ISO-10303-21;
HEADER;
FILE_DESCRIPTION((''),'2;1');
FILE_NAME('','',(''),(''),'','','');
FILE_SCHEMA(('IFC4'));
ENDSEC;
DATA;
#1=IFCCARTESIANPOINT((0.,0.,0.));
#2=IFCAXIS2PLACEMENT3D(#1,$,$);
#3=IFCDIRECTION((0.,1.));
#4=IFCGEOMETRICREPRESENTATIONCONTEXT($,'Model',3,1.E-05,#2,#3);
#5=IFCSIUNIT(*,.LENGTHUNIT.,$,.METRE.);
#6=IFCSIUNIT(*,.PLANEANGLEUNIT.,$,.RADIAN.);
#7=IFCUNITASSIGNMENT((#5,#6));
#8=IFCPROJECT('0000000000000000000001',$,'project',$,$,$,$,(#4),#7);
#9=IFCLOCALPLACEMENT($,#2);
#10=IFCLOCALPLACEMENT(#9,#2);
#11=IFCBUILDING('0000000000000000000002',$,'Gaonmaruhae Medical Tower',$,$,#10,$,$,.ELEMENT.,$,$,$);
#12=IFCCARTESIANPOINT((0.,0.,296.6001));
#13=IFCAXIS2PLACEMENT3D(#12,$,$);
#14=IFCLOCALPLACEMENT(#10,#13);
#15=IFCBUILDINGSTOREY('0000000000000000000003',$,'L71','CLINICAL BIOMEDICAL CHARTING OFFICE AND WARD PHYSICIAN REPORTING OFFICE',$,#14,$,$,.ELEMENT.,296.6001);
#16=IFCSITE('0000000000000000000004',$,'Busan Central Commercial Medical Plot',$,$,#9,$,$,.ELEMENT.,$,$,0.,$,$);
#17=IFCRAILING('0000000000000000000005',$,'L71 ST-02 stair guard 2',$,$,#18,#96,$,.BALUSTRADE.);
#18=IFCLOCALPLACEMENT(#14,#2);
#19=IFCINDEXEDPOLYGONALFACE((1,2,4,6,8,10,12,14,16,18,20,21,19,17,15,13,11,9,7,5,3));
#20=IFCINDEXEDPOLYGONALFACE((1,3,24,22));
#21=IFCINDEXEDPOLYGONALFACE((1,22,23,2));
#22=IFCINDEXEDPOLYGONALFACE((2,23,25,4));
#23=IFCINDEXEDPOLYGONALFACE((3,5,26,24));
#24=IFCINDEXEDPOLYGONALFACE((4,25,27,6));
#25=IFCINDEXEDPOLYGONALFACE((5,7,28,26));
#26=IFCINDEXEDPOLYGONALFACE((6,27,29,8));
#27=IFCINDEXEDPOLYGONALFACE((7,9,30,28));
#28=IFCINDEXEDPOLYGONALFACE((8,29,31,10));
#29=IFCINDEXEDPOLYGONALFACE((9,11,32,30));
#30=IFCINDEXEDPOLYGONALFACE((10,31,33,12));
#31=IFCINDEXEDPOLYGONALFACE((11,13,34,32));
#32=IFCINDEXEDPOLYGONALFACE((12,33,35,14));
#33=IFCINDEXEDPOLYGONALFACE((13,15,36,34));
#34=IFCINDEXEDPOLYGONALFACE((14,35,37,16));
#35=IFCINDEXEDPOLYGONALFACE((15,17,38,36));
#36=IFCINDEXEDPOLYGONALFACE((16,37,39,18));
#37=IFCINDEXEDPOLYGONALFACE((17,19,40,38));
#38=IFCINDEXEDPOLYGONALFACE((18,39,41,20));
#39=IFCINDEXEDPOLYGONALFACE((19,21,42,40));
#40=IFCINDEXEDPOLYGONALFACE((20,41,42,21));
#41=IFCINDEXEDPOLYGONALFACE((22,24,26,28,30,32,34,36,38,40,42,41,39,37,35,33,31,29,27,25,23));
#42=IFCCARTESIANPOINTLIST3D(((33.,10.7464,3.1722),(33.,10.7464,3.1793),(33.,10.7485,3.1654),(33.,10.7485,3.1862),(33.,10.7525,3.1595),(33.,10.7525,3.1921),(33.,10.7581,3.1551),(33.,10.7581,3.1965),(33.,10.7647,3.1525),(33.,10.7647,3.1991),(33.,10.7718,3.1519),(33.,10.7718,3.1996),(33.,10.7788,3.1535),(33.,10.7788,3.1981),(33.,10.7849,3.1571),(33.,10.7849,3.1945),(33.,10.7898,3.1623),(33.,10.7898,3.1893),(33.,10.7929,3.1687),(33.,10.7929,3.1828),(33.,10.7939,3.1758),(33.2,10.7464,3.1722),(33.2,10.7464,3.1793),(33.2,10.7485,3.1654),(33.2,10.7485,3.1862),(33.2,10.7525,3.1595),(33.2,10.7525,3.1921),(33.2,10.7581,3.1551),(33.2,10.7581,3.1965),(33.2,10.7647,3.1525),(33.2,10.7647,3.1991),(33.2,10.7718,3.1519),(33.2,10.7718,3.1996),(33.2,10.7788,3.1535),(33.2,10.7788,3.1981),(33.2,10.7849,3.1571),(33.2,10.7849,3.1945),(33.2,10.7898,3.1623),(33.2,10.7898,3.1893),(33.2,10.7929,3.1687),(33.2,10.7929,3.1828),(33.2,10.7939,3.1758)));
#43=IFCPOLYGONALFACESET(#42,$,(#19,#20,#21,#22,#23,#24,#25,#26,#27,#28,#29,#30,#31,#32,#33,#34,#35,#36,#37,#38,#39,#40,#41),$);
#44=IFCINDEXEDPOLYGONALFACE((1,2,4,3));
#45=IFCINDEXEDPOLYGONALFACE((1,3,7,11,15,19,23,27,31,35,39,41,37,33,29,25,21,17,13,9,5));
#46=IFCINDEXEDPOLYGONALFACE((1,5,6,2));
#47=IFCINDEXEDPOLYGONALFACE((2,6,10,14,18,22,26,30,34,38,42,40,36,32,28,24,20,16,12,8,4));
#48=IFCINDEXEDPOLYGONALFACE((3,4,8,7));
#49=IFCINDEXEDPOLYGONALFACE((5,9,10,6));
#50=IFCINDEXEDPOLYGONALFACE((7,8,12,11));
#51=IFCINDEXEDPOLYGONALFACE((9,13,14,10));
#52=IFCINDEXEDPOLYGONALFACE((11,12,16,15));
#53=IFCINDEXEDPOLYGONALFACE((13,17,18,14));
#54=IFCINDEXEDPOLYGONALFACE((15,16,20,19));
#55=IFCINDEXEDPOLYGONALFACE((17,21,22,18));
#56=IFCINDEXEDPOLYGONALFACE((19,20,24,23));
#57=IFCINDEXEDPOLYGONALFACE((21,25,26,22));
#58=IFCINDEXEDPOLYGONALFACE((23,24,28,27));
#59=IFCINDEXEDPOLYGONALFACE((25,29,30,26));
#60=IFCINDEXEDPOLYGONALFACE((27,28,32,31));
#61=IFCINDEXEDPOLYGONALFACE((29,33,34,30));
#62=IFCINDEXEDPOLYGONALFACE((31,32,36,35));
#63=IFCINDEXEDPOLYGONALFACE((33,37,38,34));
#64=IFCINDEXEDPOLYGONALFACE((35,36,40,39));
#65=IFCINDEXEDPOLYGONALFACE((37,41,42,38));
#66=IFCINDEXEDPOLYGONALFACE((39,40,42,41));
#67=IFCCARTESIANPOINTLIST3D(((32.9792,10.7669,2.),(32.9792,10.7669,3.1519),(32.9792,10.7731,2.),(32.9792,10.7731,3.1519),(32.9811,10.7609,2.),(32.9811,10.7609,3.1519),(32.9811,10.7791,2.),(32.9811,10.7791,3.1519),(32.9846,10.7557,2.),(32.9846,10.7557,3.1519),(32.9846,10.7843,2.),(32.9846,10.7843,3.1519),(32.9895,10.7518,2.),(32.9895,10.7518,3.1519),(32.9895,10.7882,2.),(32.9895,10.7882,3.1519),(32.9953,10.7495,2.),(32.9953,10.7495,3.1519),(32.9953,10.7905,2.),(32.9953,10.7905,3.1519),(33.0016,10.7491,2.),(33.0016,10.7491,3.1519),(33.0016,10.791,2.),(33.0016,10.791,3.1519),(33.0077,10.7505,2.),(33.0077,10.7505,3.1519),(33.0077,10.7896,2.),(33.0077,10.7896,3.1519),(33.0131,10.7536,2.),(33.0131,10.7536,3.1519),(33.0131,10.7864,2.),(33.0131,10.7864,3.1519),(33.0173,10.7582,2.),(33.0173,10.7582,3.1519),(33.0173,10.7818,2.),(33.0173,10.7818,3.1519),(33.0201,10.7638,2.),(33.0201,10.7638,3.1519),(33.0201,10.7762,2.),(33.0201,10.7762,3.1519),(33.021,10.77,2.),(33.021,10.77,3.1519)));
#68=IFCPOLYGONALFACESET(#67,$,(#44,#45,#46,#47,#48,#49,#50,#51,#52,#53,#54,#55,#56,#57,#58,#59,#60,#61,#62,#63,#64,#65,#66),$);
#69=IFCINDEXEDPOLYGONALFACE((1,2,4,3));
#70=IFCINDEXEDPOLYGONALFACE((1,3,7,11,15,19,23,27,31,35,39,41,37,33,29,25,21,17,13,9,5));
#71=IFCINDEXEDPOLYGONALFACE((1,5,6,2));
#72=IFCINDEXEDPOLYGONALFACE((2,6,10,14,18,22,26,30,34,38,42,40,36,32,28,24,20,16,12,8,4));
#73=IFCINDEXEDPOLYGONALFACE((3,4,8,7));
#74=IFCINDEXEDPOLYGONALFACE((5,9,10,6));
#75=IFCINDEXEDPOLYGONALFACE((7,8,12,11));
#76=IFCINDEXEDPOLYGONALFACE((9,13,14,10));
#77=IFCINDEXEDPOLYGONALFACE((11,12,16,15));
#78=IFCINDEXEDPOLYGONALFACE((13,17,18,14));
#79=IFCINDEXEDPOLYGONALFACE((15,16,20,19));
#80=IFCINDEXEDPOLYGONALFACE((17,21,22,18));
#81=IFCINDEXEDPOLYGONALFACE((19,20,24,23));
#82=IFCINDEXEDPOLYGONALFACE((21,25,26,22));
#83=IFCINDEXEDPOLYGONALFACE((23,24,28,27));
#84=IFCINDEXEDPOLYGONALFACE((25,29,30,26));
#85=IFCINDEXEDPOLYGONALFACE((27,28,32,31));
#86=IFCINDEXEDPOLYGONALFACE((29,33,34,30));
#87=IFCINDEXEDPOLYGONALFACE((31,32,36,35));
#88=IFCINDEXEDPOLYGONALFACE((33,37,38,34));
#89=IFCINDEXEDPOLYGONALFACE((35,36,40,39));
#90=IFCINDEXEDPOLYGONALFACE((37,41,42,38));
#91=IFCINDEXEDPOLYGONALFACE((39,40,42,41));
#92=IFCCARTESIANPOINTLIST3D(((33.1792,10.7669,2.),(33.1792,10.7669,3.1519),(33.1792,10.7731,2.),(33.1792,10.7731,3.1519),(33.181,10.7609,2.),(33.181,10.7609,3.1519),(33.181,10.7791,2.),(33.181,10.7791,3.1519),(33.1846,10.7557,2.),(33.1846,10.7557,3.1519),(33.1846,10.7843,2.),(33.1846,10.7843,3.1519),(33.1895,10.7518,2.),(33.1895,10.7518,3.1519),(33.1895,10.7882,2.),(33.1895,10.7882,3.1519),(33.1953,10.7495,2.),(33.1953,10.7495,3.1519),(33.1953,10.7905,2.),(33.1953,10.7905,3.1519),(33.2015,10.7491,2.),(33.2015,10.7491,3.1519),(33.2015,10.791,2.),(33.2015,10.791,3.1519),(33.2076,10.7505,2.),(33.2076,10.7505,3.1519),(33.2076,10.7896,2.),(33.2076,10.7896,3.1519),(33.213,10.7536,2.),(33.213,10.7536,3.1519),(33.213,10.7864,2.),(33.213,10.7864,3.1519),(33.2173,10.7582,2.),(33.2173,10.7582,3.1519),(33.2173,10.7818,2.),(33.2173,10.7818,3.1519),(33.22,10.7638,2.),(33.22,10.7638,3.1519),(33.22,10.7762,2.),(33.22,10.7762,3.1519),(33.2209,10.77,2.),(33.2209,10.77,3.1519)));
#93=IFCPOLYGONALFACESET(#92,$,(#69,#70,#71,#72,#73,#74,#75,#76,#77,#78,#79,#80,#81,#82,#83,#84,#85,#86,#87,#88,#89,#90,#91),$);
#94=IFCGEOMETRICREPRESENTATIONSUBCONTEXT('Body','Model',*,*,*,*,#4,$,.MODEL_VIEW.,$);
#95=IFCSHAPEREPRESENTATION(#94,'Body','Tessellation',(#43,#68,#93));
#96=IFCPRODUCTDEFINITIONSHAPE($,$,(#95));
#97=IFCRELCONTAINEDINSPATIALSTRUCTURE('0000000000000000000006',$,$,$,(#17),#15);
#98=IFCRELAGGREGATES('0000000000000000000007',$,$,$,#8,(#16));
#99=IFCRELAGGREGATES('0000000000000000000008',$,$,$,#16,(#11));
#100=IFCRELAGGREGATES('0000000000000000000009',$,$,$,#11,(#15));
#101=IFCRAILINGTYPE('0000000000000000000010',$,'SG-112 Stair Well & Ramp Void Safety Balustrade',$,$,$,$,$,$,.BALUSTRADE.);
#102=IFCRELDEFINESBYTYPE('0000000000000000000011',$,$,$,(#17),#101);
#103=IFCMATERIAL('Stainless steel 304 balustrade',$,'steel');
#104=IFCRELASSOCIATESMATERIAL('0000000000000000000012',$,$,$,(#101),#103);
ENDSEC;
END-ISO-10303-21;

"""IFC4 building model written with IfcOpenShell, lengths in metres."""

from ifc_helpers import new_model, si_unit, direction, frame, origin, origin_2d, place, context, subcontext, project, spatial, circle, extrude, material, type_object, element, save


model = new_model("IFC4")

# Units and contexts
model_context = context("Model", 3, precision=1e-05, world=origin(), true_north=direction((0.0, 1.0)))
body_context = subcontext(model_context, "Body", "Model", "MODEL_VIEW")
ifc_project = project(units=[si_unit("LENGTHUNIT", "METRE"), si_unit("PLANEANGLEUNIT", "RADIAN")], contexts=[model_context])

# Site, building, storey
site_placement = place(None, origin())
site = spatial("IfcSite", under=ifc_project, at=site_placement, Name="Busan Central Commercial Medical Plot", CompositionType="ELEMENT", RefElevation=0.0)
building_placement = place(site_placement, origin())
building = spatial("IfcBuilding", under=site, at=building_placement, Name="Gaonmaruhae Medical Tower", CompositionType="ELEMENT")
storey_placement = place(building_placement, frame((0.0, 0.0, 296.6001)))
storey = spatial("IfcBuildingStorey", under=building, at=storey_placement, Name="L71", Description="CLINICAL BIOMEDICAL CHARTING OFFICE AND WARD PHYSICIAN REPORTING OFFICE", CompositionType="ELEMENT", Elevation=296.6001)

# Railing
ifc_material_1 = material(Name="Stainless steel 304 balustrade", Category="steel")
railing_type_1 = type_object("IfcRailingType", Name="SG-112 Stair Well & Ramp Void Safety Balustrade", PredefinedType="BALUSTRADE", material=ifc_material_1)
railing_1_placement = place(storey_placement, frame((33.0, 10.77, 2.0)))
element("IfcRailing", 1, at=railing_1_placement, inside=storey, type_object=railing_type_1, Name="L71 ST-02 stair guard 2", PredefinedType="BALUSTRADE", context=body_context, shape_type="SweptSolid", body=[
    extrude(circle(Radius=0.0239, at=origin_2d()), frame((0.0, 0.0, 1.1758), z_axis=(1.0, 0.0, 0.0), x_axis=(0.0, 1.0, 0.0)), (0.0, 0.0, 1.0), 0.2),
    extrude(circle(Radius=0.021, at=origin_2d()), origin(), (0.0, 0.0, 1.0), 1.1519),
    extrude(circle(Radius=0.021, at=origin_2d()), frame((0.2, 0.0, 0.0)), (0.0, 0.0, 1.0), 1.1519),
])

save(model, "model.ifc")
